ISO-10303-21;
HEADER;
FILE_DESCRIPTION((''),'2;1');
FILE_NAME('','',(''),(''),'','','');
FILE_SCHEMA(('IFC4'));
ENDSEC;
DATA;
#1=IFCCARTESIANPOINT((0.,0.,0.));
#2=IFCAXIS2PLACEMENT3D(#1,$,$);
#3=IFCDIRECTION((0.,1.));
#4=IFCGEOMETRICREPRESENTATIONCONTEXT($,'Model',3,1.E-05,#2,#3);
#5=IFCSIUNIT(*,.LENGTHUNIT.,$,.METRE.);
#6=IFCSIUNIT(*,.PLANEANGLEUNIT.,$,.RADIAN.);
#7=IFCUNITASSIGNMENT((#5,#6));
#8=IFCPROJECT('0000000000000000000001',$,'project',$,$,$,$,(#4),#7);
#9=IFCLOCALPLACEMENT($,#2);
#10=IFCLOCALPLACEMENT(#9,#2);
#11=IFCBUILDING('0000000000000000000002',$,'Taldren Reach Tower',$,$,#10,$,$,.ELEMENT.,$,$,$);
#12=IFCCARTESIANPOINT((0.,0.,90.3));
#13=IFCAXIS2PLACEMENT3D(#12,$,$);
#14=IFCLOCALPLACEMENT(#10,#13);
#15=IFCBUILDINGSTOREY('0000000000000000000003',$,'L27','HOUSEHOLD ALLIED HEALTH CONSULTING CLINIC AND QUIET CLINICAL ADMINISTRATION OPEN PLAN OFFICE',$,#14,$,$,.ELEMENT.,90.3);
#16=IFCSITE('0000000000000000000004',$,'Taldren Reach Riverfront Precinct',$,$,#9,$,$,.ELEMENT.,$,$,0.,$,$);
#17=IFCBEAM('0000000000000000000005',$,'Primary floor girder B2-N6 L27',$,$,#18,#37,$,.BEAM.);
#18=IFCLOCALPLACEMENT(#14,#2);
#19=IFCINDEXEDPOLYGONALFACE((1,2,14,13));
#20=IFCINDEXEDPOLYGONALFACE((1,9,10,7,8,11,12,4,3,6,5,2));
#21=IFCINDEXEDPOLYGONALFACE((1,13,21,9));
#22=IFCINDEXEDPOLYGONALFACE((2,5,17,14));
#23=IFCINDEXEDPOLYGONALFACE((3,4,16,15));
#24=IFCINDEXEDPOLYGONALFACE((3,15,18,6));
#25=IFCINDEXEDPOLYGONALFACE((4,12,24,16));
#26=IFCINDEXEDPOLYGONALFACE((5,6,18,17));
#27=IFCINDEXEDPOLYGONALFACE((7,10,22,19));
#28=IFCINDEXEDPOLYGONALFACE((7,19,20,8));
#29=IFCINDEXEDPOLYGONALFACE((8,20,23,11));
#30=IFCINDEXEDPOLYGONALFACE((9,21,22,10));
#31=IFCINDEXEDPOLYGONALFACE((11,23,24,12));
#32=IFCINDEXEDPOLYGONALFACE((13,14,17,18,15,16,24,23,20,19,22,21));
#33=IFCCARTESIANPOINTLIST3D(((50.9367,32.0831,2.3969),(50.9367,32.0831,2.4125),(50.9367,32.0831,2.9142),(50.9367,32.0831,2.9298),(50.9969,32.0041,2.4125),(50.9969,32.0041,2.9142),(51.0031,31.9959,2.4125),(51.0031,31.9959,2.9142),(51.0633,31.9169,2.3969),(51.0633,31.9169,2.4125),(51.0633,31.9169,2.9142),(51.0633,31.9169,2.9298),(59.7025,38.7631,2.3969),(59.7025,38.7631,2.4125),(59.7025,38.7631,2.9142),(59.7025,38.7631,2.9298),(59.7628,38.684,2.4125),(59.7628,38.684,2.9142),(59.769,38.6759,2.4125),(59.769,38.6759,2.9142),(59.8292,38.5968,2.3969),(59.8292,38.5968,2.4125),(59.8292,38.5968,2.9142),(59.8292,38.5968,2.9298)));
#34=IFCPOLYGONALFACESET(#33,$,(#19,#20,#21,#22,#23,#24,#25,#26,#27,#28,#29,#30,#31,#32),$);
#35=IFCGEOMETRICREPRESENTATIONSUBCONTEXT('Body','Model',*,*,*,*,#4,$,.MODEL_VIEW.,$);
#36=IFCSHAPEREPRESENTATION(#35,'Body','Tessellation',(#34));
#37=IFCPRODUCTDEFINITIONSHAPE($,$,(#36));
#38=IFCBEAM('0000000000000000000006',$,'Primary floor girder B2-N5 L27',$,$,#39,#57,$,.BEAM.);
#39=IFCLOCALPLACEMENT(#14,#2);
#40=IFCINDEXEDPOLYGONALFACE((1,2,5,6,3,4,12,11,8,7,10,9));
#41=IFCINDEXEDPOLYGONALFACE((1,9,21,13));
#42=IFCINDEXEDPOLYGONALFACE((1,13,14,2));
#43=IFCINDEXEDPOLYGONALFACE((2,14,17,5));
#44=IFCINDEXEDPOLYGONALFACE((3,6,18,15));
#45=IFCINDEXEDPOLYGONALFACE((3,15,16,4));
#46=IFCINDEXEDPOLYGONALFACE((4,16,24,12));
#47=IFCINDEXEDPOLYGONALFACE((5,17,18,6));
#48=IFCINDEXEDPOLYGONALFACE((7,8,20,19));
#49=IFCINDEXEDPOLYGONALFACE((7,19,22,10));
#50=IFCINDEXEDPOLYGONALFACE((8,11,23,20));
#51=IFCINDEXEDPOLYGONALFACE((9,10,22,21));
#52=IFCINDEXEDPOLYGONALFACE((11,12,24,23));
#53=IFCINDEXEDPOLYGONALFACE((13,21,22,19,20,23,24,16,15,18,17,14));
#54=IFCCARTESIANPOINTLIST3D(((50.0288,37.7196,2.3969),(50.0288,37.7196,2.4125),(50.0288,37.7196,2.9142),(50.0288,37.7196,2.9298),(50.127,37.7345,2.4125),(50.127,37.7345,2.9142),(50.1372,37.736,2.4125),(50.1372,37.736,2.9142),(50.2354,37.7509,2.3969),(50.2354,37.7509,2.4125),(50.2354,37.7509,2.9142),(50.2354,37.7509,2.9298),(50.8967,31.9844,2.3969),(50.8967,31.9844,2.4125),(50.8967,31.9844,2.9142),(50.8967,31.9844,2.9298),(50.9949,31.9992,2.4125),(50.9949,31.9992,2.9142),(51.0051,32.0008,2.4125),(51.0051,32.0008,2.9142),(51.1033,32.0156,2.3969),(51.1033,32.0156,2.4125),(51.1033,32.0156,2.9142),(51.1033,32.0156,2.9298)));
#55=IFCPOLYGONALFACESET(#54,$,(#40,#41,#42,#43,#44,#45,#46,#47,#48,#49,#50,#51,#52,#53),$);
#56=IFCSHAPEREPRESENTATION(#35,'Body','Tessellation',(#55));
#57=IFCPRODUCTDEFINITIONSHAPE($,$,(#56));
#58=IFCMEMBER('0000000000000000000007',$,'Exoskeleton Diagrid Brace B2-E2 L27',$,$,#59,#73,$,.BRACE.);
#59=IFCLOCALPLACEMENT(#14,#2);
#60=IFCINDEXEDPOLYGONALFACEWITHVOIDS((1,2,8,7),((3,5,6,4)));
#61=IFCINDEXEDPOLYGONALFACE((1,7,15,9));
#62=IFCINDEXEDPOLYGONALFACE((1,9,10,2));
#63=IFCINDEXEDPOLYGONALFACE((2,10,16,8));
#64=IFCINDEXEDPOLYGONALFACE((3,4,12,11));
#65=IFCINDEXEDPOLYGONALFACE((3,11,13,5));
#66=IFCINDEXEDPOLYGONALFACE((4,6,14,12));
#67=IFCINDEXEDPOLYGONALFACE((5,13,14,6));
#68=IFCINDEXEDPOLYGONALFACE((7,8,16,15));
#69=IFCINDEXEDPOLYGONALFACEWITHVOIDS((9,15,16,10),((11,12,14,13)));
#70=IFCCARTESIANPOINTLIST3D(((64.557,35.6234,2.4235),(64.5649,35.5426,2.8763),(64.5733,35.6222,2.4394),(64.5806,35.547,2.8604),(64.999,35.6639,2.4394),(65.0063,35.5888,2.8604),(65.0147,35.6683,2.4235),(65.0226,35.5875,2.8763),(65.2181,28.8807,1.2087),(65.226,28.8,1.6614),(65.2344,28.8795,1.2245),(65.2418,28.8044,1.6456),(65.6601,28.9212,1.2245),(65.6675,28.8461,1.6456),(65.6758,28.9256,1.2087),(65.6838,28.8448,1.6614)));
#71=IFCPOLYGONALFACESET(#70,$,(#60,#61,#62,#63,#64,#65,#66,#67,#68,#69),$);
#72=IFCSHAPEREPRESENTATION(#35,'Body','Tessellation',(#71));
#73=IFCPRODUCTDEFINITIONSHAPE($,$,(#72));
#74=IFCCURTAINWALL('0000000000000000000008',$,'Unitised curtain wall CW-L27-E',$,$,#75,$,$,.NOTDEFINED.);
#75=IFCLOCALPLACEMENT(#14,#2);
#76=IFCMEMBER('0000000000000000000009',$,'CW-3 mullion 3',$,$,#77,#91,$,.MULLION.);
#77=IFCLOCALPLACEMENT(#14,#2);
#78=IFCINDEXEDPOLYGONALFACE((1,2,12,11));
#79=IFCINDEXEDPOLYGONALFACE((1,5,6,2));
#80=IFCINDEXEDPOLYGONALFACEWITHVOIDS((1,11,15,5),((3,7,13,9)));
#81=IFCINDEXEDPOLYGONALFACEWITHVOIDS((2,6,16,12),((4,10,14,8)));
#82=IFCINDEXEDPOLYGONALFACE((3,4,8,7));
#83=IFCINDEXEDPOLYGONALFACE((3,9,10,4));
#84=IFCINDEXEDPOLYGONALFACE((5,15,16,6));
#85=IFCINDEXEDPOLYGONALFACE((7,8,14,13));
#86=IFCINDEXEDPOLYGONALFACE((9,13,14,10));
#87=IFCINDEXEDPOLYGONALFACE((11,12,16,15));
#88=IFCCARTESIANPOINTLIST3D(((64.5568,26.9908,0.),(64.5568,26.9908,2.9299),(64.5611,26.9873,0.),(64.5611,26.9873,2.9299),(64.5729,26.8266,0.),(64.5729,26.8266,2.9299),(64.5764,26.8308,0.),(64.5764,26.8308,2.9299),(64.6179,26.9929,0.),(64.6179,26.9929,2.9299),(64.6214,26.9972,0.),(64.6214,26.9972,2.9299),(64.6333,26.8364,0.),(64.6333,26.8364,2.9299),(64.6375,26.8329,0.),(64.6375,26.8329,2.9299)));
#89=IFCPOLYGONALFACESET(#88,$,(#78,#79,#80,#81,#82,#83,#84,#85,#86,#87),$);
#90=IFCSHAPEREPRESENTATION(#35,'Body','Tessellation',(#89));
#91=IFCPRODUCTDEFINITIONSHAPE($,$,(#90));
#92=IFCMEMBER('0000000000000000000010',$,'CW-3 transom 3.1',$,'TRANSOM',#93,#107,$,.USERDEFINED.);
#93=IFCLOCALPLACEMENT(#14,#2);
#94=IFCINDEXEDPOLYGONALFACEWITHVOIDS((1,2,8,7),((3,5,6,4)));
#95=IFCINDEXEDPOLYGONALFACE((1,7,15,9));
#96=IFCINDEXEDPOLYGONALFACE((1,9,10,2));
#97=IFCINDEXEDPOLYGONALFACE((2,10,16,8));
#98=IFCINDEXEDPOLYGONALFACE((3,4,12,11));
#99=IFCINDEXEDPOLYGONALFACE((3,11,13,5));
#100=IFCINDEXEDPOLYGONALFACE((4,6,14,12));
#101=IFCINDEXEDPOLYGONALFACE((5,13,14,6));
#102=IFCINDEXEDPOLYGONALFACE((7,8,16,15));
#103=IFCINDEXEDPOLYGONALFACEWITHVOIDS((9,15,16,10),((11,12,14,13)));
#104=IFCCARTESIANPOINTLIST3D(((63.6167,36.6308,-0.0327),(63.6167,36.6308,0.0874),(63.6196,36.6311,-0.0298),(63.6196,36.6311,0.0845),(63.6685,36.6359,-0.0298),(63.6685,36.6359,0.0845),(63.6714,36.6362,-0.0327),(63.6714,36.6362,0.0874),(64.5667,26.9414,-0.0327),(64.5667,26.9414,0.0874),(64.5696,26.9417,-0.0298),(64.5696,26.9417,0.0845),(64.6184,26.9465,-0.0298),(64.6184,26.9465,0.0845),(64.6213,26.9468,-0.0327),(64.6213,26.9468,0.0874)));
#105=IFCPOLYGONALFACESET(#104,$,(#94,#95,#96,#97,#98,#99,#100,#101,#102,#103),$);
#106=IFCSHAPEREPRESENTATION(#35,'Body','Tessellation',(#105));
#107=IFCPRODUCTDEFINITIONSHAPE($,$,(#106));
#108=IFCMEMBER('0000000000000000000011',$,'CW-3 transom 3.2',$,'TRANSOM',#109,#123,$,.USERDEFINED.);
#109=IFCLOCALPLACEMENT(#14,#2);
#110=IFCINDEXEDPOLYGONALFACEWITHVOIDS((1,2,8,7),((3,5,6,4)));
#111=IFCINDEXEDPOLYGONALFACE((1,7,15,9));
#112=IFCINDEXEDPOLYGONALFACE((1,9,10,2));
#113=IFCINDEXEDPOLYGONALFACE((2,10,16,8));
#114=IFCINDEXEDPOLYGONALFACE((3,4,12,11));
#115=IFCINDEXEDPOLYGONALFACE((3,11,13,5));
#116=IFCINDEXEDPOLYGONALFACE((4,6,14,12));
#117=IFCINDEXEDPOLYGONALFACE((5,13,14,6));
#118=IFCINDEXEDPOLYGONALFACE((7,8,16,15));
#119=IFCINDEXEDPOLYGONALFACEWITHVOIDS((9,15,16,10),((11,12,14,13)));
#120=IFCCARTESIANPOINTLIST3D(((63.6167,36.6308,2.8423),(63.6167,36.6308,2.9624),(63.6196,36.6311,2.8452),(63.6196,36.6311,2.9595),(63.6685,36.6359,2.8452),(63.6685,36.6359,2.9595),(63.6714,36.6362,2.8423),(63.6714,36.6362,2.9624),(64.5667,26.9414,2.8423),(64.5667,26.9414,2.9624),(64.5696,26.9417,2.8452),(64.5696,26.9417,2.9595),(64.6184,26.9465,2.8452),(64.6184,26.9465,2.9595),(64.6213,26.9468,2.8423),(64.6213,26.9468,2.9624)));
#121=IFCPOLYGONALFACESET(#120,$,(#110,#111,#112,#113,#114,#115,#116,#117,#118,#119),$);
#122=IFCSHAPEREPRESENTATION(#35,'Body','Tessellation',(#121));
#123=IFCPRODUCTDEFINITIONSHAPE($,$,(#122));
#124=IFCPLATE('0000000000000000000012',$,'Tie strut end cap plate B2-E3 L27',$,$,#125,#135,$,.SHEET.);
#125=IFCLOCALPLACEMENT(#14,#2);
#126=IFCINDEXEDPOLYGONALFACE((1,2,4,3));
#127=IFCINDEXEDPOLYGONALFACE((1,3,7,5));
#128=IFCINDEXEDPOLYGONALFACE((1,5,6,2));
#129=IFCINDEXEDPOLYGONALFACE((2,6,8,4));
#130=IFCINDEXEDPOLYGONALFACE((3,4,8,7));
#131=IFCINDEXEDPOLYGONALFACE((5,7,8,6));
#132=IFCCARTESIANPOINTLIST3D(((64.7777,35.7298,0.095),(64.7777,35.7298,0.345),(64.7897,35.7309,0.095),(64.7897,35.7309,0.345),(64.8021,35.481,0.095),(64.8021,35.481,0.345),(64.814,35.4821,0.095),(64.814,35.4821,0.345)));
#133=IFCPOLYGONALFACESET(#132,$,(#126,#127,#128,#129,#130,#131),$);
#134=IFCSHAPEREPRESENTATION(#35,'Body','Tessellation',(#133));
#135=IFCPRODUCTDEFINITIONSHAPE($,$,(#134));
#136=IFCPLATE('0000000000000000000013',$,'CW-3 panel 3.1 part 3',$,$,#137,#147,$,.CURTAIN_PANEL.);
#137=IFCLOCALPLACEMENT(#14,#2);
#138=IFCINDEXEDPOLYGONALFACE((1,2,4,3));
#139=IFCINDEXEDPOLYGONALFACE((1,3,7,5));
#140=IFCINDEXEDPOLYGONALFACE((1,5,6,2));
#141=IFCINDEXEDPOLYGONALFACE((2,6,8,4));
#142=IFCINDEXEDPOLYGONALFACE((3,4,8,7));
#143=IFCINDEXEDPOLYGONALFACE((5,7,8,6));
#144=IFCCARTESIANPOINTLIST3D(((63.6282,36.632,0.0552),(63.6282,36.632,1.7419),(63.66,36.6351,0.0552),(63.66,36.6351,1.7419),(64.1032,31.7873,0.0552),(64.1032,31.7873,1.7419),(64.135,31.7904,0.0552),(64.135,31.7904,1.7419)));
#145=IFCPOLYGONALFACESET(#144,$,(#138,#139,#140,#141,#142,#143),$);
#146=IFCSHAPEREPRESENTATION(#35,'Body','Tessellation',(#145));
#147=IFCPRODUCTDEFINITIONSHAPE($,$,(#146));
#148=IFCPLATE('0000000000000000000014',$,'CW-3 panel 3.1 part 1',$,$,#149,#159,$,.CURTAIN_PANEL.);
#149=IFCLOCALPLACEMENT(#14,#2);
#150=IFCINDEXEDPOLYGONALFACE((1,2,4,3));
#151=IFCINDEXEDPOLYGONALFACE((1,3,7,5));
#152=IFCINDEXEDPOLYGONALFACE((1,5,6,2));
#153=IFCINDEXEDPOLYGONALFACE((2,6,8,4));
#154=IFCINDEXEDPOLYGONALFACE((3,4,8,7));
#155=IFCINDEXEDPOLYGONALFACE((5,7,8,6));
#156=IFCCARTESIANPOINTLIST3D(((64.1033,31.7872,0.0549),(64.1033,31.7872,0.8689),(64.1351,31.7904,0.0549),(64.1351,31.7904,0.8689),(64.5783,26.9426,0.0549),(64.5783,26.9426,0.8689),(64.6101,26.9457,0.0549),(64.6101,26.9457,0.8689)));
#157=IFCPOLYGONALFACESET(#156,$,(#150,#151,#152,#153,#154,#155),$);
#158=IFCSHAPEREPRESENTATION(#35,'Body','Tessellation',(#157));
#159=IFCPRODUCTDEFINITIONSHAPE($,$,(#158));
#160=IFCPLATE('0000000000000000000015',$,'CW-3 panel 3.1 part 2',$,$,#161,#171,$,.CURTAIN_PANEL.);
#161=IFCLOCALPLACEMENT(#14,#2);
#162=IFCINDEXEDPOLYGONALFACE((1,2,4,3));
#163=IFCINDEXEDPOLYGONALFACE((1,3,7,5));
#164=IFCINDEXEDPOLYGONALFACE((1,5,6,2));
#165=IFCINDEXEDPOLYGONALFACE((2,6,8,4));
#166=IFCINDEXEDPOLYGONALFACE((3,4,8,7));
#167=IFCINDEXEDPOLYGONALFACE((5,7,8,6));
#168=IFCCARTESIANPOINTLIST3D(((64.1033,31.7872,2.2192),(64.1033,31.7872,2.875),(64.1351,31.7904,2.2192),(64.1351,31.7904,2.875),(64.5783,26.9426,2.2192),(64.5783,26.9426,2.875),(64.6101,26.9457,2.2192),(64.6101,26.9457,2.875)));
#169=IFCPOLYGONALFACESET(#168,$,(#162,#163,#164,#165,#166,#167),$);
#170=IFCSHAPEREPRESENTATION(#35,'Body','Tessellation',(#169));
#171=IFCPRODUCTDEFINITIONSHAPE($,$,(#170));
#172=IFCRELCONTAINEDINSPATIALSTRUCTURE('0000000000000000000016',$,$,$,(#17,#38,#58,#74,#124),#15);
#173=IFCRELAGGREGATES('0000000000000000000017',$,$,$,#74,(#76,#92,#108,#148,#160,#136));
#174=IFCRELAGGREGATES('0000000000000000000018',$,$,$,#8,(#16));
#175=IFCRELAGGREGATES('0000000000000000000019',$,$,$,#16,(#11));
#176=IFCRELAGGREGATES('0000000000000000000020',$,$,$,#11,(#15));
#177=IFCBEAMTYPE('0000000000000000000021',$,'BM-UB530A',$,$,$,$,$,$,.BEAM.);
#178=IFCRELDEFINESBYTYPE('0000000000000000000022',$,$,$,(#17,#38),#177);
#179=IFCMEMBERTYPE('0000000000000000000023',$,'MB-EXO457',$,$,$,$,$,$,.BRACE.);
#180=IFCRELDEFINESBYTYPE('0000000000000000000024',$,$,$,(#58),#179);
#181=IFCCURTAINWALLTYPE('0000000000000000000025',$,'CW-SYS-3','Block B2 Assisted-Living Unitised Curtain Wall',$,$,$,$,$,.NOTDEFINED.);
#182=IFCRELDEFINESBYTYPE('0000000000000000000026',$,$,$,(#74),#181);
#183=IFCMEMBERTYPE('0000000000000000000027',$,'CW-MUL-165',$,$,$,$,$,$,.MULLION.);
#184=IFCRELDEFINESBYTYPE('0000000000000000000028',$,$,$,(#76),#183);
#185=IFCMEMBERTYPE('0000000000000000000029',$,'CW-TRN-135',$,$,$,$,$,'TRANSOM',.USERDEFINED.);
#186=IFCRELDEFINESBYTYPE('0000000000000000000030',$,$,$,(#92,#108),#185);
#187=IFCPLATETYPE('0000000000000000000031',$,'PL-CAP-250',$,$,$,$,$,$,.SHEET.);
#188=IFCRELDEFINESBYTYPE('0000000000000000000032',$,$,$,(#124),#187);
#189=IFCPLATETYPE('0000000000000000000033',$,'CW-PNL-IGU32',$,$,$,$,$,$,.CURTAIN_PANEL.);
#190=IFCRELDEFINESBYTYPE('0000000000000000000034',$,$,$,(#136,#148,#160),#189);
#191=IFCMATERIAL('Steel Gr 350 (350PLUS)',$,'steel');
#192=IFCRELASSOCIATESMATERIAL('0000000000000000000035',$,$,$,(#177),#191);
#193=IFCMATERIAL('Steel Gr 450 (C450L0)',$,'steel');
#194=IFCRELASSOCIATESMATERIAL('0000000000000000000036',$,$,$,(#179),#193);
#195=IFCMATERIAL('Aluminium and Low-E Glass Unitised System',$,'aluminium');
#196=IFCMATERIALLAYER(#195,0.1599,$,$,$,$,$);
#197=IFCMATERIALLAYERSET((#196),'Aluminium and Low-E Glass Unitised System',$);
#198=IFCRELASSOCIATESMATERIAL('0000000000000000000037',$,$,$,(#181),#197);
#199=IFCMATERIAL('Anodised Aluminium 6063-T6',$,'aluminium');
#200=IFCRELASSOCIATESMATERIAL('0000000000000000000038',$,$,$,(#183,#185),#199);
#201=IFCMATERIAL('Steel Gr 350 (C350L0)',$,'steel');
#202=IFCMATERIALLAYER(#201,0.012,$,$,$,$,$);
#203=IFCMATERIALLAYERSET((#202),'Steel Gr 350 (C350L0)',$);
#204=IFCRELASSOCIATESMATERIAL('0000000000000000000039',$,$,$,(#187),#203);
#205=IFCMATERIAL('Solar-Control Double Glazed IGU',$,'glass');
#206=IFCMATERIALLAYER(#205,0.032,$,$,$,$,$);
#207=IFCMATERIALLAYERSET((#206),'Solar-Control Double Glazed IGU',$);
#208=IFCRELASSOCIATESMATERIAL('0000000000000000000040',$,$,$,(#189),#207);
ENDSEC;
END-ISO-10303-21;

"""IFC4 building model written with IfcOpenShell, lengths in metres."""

from ifc_helpers import new_model, si_unit, direction, frame, origin, origin_2d, place, context, subcontext, project, spatial, rectangle, hollow_rectangle, i_section, extrude, source, transform, mapped, material, layer, layer_set, material_profile, profile_set, type_object, element, aggregate, save


model = new_model("IFC4")

# Units and contexts
model_context = context("Model", 3, precision=1e-05, world=origin(), true_north=direction((0.0, 1.0)))
body_context = subcontext(model_context, "Body", "Model", "MODEL_VIEW")
ifc_project = project(units=[si_unit("LENGTHUNIT", "METRE"), si_unit("PLANEANGLEUNIT", "RADIAN")], contexts=[model_context])

# Site, building, storey
site_placement = place(None, origin())
site = spatial("IfcSite", under=ifc_project, at=site_placement, Name="Taldren Reach Riverfront Precinct", CompositionType="ELEMENT", RefElevation=0.0)
building_placement = place(site_placement, origin())
building = spatial("IfcBuilding", under=site, at=building_placement, Name="Taldren Reach Tower", CompositionType="ELEMENT")
storey_placement = place(building_placement, frame((0.0, 0.0, 90.3)))
storey = spatial("IfcBuildingStorey", under=building, at=storey_placement, Name="L27", Description="HOUSEHOLD ALLIED HEALTH CONSULTING CLINIC AND QUIET CLINICAL ADMINISTRATION OPEN PLAN OFFICE", CompositionType="ELEMENT", Elevation=90.3)

# Shared definitions
ifc_material_1 = material(Name="Steel Gr 350 (350PLUS)", Category="steel")

# Shared definitions
ifc_material_2 = material(Name="Steel Gr 450 (C450L0)", Category="steel")
ifc_material_3 = material(Name="Steel Gr 350 (C350L0)", Category="steel")

# Beams
ifc_material_profile_1 = material_profile(ifc_material_1, i_section(OverallWidth=0.209, OverallDepth=0.533, WebThickness=0.0103, FlangeThickness=0.0156, at=origin_2d()), Name="530UB92.4")
ifc_profile_set_1 = profile_set([ifc_material_profile_1], Name="Steel Gr 350 (350PLUS)")
beam_type_1 = type_object("IfcBeamType", Name="BM-UB530A", PredefinedType="BEAM", material=ifc_profile_set_1)
shared_shape_1 = source(origin(), body_context, "Body", "SweptSolid", [
    extrude(i_section(OverallWidth=0.209, OverallDepth=0.533, WebThickness=0.0103, FlangeThickness=0.0156, at=origin_2d()), origin(), (0.0, 0.0, 1.0), 11.021),
])
beam_1_placement = place(storey_placement, frame((51.0, 32.0, 2.6633), z_axis=(0.79538, 0.606111, 0.0), x_axis=(-0.606111, 0.79538, 0.0)))
element("IfcBeam", 1, at=beam_1_placement, inside=storey, type_object=beam_type_1, Name="Primary floor girder B2-N6 L27", PredefinedType="BEAM", context=body_context, shape_type="MappedRepresentation", body=[
    mapped(shared_shape_1, transform((0.0, 0.0, 0.0), scale=1.0)),
])
shared_shape_2 = source(origin(), body_context, "Body", "SweptSolid", [
    extrude(i_section(OverallWidth=0.209, OverallDepth=0.533, WebThickness=0.0103, FlangeThickness=0.0156, at=origin_2d()), origin(), (0.0, 0.0, 1.0), 5.8005),
])
beam_2_placement = place(storey_placement, frame((51.0, 32.0, 2.6633), z_axis=(-0.149625, 0.988743, 0.0), x_axis=(-0.988743, -0.149625, 0.0)))
element("IfcBeam", 2, at=beam_2_placement, inside=storey, type_object=beam_type_1, Name="Primary floor girder B2-N5 L27", PredefinedType="BEAM", context=body_context, shape_type="MappedRepresentation", body=[
    mapped(shared_shape_2, transform((0.0, 0.0, 0.0), scale=1.0)),
])

# Member
ifc_material_profile_2 = material_profile(ifc_material_2, hollow_rectangle(XDim=0.46, YDim=0.46, WallThickness=0.0161, at=origin_2d()), Name="460x460x16.0SHS")
ifc_profile_set_2 = profile_set([ifc_material_profile_2], Name="Steel Gr 450 (C450L0)")
member_type_1 = type_object("IfcMemberType", Name="MB-EXO457", PredefinedType="BRACE", material=ifc_profile_set_2)
shared_shape_3 = source(origin(), body_context, "Body", "SweptSolid", [
    extrude(hollow_rectangle(XDim=0.46, YDim=0.46, WallThickness=0.0161, at=origin_2d()), origin(), (0.0, 0.0, 1.0), 6.8831),
])
member_1_placement = place(storey_placement, frame((65.4509, 28.8628, 1.4351), z_axis=(-0.096052, 0.979603, 0.176497), x_axis=(-0.995227, -0.097584, 0.0)))
element("IfcMember", 3, at=member_1_placement, inside=storey, type_object=member_type_1, Name="Exoskeleton Diagrid Brace B2-E2 L27", PredefinedType="BRACE", context=body_context, shape_type="MappedRepresentation", body=[
    mapped(shared_shape_3, transform((0.0, 0.0, 0.0), scale=1.0)),
])

# Curtain wall, members
ifc_material_4 = material(Name="Aluminium and Low-E Glass Unitised System", Category="aluminium")
ifc_layer_1 = layer(ifc_material_4, 0.1599)
ifc_layer_set_1 = layer_set([ifc_layer_1], Name="Aluminium and Low-E Glass Unitised System")
curtain_wall_type = type_object("IfcCurtainWallType", Name="CW-SYS-3", Description="Block B2 Assisted-Living Unitised Curtain Wall", PredefinedType="NOTDEFINED", material=ifc_layer_set_1)
curtain_wall_placement = place(storey_placement, origin())
curtain_wall = element("IfcCurtainWall", 4, at=curtain_wall_placement, inside=storey, type_object=curtain_wall_type, Name="Unitised curtain wall CW-L27-E", PredefinedType="NOTDEFINED")
ifc_material_5 = material(Name="Anodised Aluminium 6063-T6", Category="aluminium")
ifc_material_profile_3 = material_profile(ifc_material_5, hollow_rectangle(XDim=0.0649, YDim=0.165, WallThickness=0.0039, at=origin_2d()), Name="ALU-165x65x4RHS")
ifc_profile_set_3 = profile_set([ifc_material_profile_3], Name="Anodised Aluminium 6063-T6")
member_type_2 = type_object("IfcMemberType", Name="CW-MUL-165", PredefinedType="MULLION", material=ifc_profile_set_3)
shared_shape_4 = source(origin(), body_context, "Body", "SweptSolid", [
    extrude(hollow_rectangle(XDim=0.0649, YDim=0.165, WallThickness=0.0039, at=origin_2d()), origin(), (0.0, 0.0, 1.0), 2.9299),
])
member_2_placement = place(storey_placement, frame((64.5972, 26.9119, 0.0), z_axis=(0.0, 0.0, 1.0), x_axis=(-0.995227, -0.097583, 0.0)))
member_2 = element("IfcMember", 5, at=member_2_placement, type_object=member_type_2, Name="CW-3 mullion 3", PredefinedType="MULLION", context=body_context, shape_type="MappedRepresentation", body=[
    mapped(shared_shape_4, transform((0.0, 0.0, 0.0), scale=1.0)),
])
ifc_material_profile_4 = material_profile(ifc_material_5, hollow_rectangle(XDim=0.0549, YDim=0.1201, WallThickness=0.0029, at=origin_2d()), Name="ALU-120x55x3RHS")
ifc_profile_set_4 = profile_set([ifc_material_profile_4], Name="Anodised Aluminium 6063-T6")
member_type_3 = type_object("IfcMemberType", Name="CW-TRN-135", ElementType="TRANSOM", PredefinedType="USERDEFINED", material=ifc_profile_set_4)
shared_shape_5 = source(origin(), body_context, "Body", "SweptSolid", [
    extrude(hollow_rectangle(XDim=0.0549, YDim=0.1201, WallThickness=0.0029, at=origin_2d()), origin(), (0.0, 0.0, 1.0), 9.7358),
])
member_3_placement = place(storey_placement, frame((64.594, 26.9441, 0.0273), z_axis=(-0.097572, 0.995228, 0.0), x_axis=(-0.995228, -0.097572, 0.0)))
member_3 = element("IfcMember", 6, at=member_3_placement, type_object=member_type_3, Name="CW-3 transom 3.1", ObjectType="TRANSOM", PredefinedType="USERDEFINED", context=body_context, shape_type="MappedRepresentation", body=[
    mapped(shared_shape_5, transform((0.0, 0.0, 0.0), scale=1.0)),
])
member_4_placement = place(storey_placement, frame((64.594, 26.9441, 2.9023), z_axis=(-0.097572, 0.995228, 0.0), x_axis=(-0.995228, -0.097572, 0.0)))
member_4 = element("IfcMember", 7, at=member_4_placement, type_object=member_type_3, Name="CW-3 transom 3.2", ObjectType="TRANSOM", PredefinedType="USERDEFINED", context=body_context, shape_type="MappedRepresentation", body=[
    mapped(shared_shape_5, transform((0.0, 0.0, 0.0), scale=1.0)),
])

# Plates
ifc_layer_2 = layer(ifc_material_3, 0.012)
ifc_layer_set_2 = layer_set([ifc_layer_2], Name="Steel Gr 350 (C350L0)")
plate_type_1 = type_object("IfcPlateType", Name="PL-CAP-250", PredefinedType="SHEET", material=ifc_layer_set_2)
shared_shape_6 = source(origin(), body_context, "Body", "SweptSolid", [
    extrude(rectangle(XDim=0.012, YDim=0.25, at=origin_2d()), origin(), (0.0, 0.0, 1.0), 0.25),
])
plate_1_placement = place(storey_placement, frame((64.7959, 35.606, 0.095), z_axis=(0.0, 0.0, 1.0), x_axis=(0.995227, 0.097583, 0.0)))
element("IfcPlate", 8, at=plate_1_placement, inside=storey, type_object=plate_type_1, Name="Tie strut end cap plate B2-E3 L27", PredefinedType="SHEET", context=body_context, shape_type="MappedRepresentation", body=[
    mapped(shared_shape_6, transform((0.0, 0.0, 0.0), scale=1.0)),
])
ifc_material_6 = material(Name="Solar-Control Double Glazed IGU", Category="glass")
ifc_layer_3 = layer(ifc_material_6, 0.032)
ifc_layer_set_3 = layer_set([ifc_layer_3], Name="Solar-Control Double Glazed IGU")
plate_type_2 = type_object("IfcPlateType", Name="CW-PNL-IGU32", PredefinedType="CURTAIN_PANEL", material=ifc_layer_set_3)
shared_shape_7 = source(origin(), body_context, "Body", "SweptSolid", [
    extrude(rectangle(XDim=4.8679, YDim=0.032, at=origin_2d()), origin(), (0.0, 0.0, 1.0), 1.6868),
])
plate_2_placement = place(storey_placement, frame((63.8816, 34.2112, 0.0552), z_axis=(0.0, 0.0, 1.0), x_axis=(-0.097583, 0.995227, 0.0)))
plate_2 = element("IfcPlate", 9, at=plate_2_placement, type_object=plate_type_2, Name="CW-3 panel 3.1 part 3", PredefinedType="CURTAIN_PANEL", context=body_context, shape_type="MappedRepresentation", body=[
    mapped(shared_shape_7, transform((0.0, 0.0, 0.0), scale=1.0)),
])
shared_shape_8 = source(origin(), body_context, "Body", "SweptSolid", [
    extrude(rectangle(XDim=4.8679, YDim=0.032, at=origin_2d()), origin(), (0.0, 0.0, 1.0), 0.814),
])
plate_3_placement = place(storey_placement, frame((64.3567, 29.3665, 0.0549), z_axis=(0.0, 0.0, 1.0), x_axis=(-0.097583, 0.995227, 0.0)))
plate_3 = element("IfcPlate", 10, at=plate_3_placement, type_object=plate_type_2, Name="CW-3 panel 3.1 part 1", PredefinedType="CURTAIN_PANEL", context=body_context, shape_type="MappedRepresentation", body=[
    mapped(shared_shape_8, transform((0.0, 0.0, 0.0), scale=1.0)),
])
shared_shape_9 = source(origin(), body_context, "Body", "SweptSolid", [
    extrude(rectangle(XDim=4.8679, YDim=0.032, at=origin_2d()), origin(), (0.0, 0.0, 1.0), 0.6558),
])
plate_4_placement = place(storey_placement, frame((64.3567, 29.3665, 2.2192), z_axis=(0.0, 0.0, 1.0), x_axis=(-0.097583, 0.995227, 0.0)))
plate_4 = element("IfcPlate", 11, at=plate_4_placement, type_object=plate_type_2, Name="CW-3 panel 3.1 part 2", PredefinedType="CURTAIN_PANEL", context=body_context, shape_type="MappedRepresentation", body=[
    mapped(shared_shape_9, transform((0.0, 0.0, 0.0), scale=1.0)),
])
aggregate(curtain_wall, [member_2, member_3, member_4, plate_3, plate_4, plate_2])

save(model, "model.ifc")
